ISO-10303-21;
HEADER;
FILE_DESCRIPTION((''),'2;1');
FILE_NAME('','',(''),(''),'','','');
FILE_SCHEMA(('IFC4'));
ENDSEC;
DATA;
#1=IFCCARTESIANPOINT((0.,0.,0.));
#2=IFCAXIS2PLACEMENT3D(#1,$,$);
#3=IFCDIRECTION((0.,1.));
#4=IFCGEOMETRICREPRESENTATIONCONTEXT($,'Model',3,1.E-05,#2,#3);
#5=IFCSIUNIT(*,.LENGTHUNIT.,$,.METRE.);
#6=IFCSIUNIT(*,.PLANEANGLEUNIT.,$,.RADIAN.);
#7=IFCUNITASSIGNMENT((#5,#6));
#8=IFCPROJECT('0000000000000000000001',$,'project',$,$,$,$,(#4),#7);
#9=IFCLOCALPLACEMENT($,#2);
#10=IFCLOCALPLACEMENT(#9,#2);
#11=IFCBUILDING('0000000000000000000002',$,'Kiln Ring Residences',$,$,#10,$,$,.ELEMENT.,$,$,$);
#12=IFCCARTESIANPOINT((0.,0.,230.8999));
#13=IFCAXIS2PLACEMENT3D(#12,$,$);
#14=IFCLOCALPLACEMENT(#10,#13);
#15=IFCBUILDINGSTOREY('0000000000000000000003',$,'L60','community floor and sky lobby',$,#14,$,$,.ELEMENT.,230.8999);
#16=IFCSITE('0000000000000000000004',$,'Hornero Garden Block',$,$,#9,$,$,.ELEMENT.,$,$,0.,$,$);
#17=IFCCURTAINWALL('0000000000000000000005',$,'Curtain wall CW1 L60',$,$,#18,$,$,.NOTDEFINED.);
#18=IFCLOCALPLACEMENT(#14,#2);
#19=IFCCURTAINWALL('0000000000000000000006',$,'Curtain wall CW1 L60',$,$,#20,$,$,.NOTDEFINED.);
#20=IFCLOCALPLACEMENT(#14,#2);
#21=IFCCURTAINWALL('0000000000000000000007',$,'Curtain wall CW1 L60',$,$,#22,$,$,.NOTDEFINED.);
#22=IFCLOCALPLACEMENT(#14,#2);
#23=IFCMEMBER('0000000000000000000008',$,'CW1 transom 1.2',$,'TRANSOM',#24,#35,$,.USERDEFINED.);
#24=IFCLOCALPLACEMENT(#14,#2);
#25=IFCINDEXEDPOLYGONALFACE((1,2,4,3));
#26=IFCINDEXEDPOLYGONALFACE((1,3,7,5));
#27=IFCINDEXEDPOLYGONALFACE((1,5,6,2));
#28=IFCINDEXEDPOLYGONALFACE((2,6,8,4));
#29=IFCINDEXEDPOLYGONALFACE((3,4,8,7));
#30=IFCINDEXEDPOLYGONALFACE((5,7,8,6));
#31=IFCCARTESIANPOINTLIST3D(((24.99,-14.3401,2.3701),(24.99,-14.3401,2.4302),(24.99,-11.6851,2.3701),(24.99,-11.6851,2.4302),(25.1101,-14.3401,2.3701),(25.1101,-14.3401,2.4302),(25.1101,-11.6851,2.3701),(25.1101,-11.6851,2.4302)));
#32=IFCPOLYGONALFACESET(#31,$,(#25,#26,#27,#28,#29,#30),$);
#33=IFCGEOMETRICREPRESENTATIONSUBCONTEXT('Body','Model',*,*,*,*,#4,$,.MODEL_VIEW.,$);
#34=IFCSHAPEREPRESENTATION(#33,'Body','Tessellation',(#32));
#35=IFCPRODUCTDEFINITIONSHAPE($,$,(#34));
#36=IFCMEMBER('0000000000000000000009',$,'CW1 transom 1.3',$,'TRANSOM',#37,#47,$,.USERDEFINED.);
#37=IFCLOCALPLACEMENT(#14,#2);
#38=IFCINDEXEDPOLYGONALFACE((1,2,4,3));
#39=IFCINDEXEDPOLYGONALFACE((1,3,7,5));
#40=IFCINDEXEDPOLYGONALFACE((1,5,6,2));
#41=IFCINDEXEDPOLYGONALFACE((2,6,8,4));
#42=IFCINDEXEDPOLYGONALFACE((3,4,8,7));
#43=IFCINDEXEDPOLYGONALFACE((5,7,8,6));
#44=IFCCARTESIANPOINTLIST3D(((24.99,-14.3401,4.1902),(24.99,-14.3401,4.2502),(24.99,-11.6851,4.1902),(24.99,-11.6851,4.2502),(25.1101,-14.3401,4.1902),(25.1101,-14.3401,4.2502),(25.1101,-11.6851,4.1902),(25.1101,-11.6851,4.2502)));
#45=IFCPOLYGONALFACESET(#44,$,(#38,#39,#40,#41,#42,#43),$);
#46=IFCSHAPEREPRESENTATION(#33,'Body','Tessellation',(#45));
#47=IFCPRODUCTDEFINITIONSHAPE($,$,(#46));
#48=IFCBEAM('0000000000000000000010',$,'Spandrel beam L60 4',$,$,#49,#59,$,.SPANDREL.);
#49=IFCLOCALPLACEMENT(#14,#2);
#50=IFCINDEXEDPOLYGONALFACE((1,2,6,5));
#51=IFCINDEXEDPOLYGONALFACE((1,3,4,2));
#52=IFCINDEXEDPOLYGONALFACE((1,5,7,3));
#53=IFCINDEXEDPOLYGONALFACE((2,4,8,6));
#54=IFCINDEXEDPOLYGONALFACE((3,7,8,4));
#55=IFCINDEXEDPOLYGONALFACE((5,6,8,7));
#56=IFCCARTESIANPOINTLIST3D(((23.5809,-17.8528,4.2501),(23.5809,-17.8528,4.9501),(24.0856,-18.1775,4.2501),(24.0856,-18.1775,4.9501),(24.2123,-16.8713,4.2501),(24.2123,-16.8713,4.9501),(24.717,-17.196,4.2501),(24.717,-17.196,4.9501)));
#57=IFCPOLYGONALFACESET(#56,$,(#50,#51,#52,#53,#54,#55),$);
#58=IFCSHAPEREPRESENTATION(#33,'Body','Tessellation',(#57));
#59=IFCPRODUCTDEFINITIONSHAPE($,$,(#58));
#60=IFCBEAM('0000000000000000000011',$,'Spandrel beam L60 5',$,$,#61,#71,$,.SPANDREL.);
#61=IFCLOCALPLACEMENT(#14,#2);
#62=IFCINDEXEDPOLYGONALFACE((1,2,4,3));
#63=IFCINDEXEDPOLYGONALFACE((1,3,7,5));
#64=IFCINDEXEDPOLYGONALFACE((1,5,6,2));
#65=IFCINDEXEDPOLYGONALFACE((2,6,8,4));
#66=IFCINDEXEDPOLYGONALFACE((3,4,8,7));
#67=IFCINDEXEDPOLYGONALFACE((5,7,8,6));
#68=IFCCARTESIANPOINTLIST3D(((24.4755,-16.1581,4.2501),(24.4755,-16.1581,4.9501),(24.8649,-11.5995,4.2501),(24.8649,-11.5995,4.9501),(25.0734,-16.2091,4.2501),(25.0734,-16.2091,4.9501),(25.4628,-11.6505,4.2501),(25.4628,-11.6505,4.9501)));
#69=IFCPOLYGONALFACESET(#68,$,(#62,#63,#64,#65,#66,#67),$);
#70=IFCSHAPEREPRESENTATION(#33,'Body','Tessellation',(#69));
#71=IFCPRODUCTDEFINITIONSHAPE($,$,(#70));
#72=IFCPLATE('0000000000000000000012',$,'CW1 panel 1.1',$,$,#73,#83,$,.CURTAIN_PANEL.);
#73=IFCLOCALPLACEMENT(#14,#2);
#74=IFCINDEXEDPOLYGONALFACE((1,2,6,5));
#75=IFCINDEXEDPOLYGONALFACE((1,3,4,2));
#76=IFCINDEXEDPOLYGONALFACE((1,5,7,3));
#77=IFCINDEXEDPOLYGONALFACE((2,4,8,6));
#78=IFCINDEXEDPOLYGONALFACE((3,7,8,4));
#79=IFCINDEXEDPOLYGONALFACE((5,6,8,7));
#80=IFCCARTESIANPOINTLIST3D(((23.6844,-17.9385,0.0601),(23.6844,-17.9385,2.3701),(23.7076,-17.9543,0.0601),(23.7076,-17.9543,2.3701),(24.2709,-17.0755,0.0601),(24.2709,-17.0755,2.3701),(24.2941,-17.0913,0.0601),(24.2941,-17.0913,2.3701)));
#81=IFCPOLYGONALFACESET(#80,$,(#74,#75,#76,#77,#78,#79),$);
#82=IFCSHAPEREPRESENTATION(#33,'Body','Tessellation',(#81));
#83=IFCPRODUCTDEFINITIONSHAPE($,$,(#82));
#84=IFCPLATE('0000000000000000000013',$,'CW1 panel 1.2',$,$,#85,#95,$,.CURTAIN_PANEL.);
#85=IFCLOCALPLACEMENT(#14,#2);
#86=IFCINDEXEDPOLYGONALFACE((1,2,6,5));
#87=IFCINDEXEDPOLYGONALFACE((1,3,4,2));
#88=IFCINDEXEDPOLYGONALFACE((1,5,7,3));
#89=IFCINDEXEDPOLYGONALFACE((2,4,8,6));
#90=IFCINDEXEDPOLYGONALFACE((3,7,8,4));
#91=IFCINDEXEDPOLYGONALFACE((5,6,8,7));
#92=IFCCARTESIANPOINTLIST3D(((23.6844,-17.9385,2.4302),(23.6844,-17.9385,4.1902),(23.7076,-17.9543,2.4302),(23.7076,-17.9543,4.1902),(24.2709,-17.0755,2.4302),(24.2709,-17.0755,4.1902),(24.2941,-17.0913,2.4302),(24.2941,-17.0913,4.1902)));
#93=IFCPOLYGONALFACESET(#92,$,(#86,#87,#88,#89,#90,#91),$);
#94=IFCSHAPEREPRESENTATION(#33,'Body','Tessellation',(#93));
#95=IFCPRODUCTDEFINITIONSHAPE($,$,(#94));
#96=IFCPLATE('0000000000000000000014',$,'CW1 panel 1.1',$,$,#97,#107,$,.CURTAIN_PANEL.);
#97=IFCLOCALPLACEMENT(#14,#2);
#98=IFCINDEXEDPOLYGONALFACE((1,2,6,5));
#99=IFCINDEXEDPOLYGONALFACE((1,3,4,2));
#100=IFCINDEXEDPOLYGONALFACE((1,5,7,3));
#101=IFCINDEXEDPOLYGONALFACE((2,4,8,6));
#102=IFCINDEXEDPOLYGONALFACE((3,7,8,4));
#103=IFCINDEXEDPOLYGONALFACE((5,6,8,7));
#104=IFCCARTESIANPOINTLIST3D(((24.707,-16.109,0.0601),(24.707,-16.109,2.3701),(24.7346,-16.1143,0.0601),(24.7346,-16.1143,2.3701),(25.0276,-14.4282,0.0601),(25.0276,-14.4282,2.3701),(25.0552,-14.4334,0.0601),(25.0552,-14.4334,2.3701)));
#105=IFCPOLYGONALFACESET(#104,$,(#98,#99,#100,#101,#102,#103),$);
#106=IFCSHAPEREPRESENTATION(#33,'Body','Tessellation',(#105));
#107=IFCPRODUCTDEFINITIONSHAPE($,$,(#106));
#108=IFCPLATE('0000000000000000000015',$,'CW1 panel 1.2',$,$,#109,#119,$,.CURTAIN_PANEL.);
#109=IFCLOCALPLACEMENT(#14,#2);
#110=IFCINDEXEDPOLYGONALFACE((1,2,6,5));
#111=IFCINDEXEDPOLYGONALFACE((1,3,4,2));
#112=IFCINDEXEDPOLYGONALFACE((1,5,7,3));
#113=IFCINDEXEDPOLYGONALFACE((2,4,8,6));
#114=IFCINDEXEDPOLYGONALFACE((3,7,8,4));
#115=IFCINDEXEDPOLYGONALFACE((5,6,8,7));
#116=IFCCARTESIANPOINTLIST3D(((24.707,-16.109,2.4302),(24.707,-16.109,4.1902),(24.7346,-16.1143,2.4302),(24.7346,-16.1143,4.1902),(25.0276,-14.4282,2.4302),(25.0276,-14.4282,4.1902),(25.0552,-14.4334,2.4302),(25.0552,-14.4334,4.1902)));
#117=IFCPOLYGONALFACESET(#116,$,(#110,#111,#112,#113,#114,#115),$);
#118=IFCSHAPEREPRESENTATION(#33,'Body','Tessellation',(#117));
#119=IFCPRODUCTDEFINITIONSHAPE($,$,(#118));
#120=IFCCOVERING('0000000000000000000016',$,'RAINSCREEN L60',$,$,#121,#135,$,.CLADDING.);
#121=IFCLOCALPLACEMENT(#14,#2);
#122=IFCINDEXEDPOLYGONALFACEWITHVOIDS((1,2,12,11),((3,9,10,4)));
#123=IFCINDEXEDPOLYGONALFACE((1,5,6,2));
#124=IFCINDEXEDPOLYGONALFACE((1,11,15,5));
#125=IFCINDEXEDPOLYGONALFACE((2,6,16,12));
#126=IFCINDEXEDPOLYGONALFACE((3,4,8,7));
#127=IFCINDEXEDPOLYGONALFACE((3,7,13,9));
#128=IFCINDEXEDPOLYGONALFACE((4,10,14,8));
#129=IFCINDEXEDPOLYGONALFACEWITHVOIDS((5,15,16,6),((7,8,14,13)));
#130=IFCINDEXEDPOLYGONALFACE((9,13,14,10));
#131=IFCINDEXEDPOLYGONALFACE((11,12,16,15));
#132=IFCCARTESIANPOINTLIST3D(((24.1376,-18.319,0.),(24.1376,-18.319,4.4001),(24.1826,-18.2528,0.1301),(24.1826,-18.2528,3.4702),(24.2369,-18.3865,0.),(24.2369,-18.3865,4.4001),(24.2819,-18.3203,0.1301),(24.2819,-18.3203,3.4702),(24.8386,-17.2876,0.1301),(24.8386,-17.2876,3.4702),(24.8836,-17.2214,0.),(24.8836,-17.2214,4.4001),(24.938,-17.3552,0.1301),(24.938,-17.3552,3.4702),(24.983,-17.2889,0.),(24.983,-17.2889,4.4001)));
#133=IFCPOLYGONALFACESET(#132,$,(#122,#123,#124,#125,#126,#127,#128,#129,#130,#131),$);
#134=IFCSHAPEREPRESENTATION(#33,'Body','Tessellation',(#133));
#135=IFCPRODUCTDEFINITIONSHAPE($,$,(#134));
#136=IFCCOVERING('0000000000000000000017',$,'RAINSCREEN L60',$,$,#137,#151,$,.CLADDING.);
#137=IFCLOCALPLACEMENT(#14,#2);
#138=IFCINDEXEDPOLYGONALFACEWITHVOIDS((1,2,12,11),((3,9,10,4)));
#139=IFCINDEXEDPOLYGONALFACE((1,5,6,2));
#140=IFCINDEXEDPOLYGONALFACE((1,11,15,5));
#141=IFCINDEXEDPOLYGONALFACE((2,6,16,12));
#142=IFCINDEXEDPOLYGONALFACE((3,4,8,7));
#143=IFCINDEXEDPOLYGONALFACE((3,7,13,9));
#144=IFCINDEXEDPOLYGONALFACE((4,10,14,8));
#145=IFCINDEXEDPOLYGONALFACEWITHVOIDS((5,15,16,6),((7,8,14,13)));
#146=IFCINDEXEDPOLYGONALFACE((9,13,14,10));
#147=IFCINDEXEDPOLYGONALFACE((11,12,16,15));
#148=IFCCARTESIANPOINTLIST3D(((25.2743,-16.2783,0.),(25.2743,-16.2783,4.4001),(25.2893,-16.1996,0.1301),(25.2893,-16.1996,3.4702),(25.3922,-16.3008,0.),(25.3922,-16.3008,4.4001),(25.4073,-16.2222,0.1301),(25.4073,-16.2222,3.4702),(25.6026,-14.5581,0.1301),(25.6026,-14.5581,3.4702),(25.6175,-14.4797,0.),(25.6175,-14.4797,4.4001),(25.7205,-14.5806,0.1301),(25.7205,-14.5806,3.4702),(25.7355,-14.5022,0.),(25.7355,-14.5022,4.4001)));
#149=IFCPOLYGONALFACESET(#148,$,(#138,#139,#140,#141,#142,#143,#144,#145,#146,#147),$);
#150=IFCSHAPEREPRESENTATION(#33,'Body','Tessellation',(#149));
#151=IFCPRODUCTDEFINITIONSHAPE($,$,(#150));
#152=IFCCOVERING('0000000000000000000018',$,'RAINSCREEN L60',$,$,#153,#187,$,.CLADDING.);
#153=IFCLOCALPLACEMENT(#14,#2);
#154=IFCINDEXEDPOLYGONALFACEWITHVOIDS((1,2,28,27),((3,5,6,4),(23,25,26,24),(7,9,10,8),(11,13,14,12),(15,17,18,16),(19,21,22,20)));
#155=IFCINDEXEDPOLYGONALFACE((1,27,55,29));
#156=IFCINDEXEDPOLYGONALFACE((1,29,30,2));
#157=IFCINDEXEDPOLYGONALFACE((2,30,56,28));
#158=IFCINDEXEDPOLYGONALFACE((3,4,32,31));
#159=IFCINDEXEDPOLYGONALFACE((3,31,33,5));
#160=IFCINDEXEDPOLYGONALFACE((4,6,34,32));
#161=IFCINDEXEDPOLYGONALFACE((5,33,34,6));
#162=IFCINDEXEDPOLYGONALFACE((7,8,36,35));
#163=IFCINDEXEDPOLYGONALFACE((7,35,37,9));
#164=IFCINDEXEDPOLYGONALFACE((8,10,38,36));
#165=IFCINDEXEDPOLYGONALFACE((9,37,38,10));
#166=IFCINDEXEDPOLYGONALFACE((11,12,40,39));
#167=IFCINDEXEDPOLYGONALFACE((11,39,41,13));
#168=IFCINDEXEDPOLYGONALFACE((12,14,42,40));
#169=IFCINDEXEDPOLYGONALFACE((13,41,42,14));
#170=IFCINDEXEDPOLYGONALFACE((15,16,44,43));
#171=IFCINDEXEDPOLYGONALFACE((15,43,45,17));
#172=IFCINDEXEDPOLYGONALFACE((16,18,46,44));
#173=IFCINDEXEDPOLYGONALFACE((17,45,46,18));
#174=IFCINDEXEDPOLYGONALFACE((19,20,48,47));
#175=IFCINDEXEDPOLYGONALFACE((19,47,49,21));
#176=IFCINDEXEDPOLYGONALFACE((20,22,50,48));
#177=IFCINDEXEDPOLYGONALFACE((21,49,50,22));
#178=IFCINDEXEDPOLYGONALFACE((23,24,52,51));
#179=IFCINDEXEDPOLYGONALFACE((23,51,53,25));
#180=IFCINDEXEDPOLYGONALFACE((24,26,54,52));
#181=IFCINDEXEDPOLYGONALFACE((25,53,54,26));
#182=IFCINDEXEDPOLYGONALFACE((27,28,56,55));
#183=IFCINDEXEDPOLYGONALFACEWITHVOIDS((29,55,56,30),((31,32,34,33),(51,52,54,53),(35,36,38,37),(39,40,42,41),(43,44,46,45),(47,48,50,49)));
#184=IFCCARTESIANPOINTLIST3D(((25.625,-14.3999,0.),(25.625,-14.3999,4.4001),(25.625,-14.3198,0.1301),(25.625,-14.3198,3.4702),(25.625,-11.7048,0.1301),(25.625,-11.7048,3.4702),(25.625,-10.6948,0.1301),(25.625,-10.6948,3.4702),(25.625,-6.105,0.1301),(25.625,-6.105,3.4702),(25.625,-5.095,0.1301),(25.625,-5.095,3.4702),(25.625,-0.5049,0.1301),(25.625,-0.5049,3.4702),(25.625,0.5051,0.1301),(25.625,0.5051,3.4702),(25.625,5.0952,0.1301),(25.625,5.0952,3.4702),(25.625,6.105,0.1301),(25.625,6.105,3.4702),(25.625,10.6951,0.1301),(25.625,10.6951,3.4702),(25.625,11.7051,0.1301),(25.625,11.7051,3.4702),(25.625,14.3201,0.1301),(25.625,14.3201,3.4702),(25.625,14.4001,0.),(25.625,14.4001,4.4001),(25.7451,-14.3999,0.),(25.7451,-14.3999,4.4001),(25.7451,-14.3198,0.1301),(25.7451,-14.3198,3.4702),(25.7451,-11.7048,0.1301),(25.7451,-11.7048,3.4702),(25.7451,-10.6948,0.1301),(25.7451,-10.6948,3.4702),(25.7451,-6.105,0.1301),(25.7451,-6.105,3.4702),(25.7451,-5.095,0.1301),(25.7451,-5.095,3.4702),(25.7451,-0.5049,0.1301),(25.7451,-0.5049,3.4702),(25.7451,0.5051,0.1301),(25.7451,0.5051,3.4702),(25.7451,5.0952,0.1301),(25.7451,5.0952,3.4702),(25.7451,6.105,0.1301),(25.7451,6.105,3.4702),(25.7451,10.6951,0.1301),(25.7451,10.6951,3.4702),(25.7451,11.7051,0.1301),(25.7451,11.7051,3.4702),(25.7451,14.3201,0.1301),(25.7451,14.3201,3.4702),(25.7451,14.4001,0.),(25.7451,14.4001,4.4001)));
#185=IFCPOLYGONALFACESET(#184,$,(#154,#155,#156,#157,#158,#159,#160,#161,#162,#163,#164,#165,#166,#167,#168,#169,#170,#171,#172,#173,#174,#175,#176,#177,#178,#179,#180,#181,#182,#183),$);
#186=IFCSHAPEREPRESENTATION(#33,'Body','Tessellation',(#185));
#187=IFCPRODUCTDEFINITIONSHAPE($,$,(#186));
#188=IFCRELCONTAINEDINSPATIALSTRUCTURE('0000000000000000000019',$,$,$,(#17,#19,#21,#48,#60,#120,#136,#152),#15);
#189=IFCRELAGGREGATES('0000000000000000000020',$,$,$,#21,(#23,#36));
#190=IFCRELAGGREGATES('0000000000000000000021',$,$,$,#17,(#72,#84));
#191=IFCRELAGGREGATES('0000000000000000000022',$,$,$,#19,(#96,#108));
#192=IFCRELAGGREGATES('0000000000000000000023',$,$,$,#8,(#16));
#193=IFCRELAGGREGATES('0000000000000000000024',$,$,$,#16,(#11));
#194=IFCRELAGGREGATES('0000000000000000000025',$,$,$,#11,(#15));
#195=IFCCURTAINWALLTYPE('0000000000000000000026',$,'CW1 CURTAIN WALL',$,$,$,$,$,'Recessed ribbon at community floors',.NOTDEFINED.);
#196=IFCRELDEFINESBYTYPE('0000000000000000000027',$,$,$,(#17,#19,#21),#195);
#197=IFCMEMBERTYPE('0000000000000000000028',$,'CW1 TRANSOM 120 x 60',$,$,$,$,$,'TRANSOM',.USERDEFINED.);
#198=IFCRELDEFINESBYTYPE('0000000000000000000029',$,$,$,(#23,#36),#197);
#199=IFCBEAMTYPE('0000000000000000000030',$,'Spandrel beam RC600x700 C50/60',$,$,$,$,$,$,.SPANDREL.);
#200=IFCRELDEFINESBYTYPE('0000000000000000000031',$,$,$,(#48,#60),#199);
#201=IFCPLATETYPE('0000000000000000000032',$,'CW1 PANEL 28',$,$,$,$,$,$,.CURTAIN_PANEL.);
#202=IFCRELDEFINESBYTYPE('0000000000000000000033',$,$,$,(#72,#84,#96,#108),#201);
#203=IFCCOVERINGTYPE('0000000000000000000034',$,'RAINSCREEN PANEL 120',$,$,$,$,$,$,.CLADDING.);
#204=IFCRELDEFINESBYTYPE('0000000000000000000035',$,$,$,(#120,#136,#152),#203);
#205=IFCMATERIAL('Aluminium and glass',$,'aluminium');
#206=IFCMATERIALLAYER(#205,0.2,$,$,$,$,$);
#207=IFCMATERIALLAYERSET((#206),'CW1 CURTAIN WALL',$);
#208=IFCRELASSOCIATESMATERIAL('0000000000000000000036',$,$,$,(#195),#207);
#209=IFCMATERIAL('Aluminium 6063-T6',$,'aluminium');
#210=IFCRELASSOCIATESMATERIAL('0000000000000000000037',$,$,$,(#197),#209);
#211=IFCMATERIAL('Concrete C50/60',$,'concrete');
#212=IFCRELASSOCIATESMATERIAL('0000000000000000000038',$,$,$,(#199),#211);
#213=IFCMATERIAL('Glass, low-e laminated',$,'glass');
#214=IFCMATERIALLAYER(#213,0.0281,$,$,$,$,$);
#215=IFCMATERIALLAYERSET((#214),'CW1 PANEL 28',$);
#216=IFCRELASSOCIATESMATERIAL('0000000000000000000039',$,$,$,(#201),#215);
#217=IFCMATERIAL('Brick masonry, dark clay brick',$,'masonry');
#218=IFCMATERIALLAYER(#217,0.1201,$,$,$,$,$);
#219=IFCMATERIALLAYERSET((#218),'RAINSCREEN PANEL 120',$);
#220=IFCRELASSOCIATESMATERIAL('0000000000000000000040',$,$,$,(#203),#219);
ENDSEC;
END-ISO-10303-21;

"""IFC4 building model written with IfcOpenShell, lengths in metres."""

from ifc_helpers import new_model, si_unit, direction, frame, origin, origin_2d, place, context, subcontext, project, spatial, polyline, rectangle, outline, extrude, material, layer, layer_set, material_profile, profile_set, type_object, element, aggregate, save


model = new_model("IFC4")

# Units and contexts
model_context = context("Model", 3, precision=1e-05, world=origin(), true_north=direction((0.0, 1.0)))
body_context = subcontext(model_context, "Body", "Model", "MODEL_VIEW")
ifc_project = project(units=[si_unit("LENGTHUNIT", "METRE"), si_unit("PLANEANGLEUNIT", "RADIAN")], contexts=[model_context])

# Site, building, storey
site_placement = place(None, origin())
site = spatial("IfcSite", under=ifc_project, at=site_placement, Name="Hornero Garden Block", CompositionType="ELEMENT", RefElevation=0.0)
building_placement = place(site_placement, origin())
building = spatial("IfcBuilding", under=site, at=building_placement, Name="Kiln Ring Residences", CompositionType="ELEMENT")
storey_placement = place(building_placement, frame((0.0, 0.0, 230.8999)))
storey = spatial("IfcBuildingStorey", under=building, at=storey_placement, Name="L60", Description="community floor and sky lobby", CompositionType="ELEMENT", Elevation=230.8999)

# Curtain walls
ifc_material_1 = material(Name="Aluminium and glass", Category="aluminium")
ifc_layer_1 = layer(ifc_material_1, 0.2)
ifc_layer_set_1 = layer_set([ifc_layer_1], Name="CW1 CURTAIN WALL")
curtain_wall_type = type_object("IfcCurtainWallType", Name="CW1 CURTAIN WALL", ElementType="Recessed ribbon at community floors", PredefinedType="NOTDEFINED", material=ifc_layer_set_1)
placement = place(storey_placement, origin())
curtain_wall_1 = element("IfcCurtainWall", 1, at=placement, inside=storey, type_object=curtain_wall_type, Name="Curtain wall CW1 L60", PredefinedType="NOTDEFINED")
curtain_wall_2 = element("IfcCurtainWall", 2, at=placement, inside=storey, type_object=curtain_wall_type, Name="Curtain wall CW1 L60", PredefinedType="NOTDEFINED")

# Curtain wall
curtain_wall_3 = element("IfcCurtainWall", 3, at=placement, inside=storey, type_object=curtain_wall_type, Name="Curtain wall CW1 L60", PredefinedType="NOTDEFINED")

# Members
ifc_material_2 = material(Name="Aluminium 6063-T6", Category="aluminium")
ifc_material_profile_1 = material_profile(ifc_material_2, rectangle(XDim=0.1201, YDim=0.0601, at=origin_2d()), Name="AL 120x60")
ifc_profile_set_1 = profile_set([ifc_material_profile_1], Name="Aluminium 6063-T6")
member_type_1 = type_object("IfcMemberType", Name="CW1 TRANSOM 120 x 60", ElementType="TRANSOM", PredefinedType="USERDEFINED", material=ifc_profile_set_1)
member_1_placement = place(storey_placement, frame((25.05, -14.3401, 2.4001), z_axis=(0.0, 1.0, 0.0), x_axis=(-1.0, 0.0, 0.0)))
member_1 = element("IfcMember", 4, at=member_1_placement, type_object=member_type_1, Name="CW1 transom 1.2", ObjectType="TRANSOM", PredefinedType="USERDEFINED", context=body_context, shape_type="SweptSolid", body=[
    extrude(rectangle(XDim=0.1201, YDim=0.0601, at=origin_2d()), origin(), (0.0, 0.0, 1.0), 2.655),
])
member_2_placement = place(storey_placement, frame((25.05, -14.3401, 4.2202), z_axis=(0.0, 1.0, 0.0), x_axis=(-1.0, 0.0, 0.0)))
member_2 = element("IfcMember", 5, at=member_2_placement, type_object=member_type_1, Name="CW1 transom 1.3", ObjectType="TRANSOM", PredefinedType="USERDEFINED", context=body_context, shape_type="SweptSolid", body=[
    extrude(rectangle(XDim=0.1201, YDim=0.0601, at=origin_2d()), origin(), (0.0, 0.0, 1.0), 2.655),
])
aggregate(curtain_wall_3, [member_1, member_2])

# Beams
ifc_material_3 = material(Name="Concrete C50/60", Category="concrete")
ifc_material_profile_2 = material_profile(ifc_material_3, rectangle(XDim=0.6001, YDim=0.7, at=origin_2d()), Name="RC600x700")
ifc_profile_set_2 = profile_set([ifc_material_profile_2], Name="Concrete C50/60")
beam_type = type_object("IfcBeamType", Name="Spandrel beam RC600x700 C50/60", PredefinedType="SPANDREL", material=ifc_profile_set_2)
beam_1_placement = place(storey_placement, frame((23.8333, -18.0151, 4.6001), z_axis=(0.541011, 0.841015, 0.0), x_axis=(-0.841015, 0.541011, 0.0)))
element("IfcBeam", 6, at=beam_1_placement, inside=storey, type_object=beam_type, Name="Spandrel beam L60 4", PredefinedType="SPANDREL", context=body_context, shape_type="SweptSolid", body=[
    extrude(rectangle(XDim=0.6001, YDim=0.7, at=origin_2d()), origin(), (0.0, 0.0, 1.0), 1.167),
])
beam_2_placement = place(storey_placement, frame((24.7744, -16.1836, 4.6001), z_axis=(0.085112, 0.996371, 0.0), x_axis=(-0.996371, 0.085112, 0.0)))
element("IfcBeam", 7, at=beam_2_placement, inside=storey, type_object=beam_type, Name="Spandrel beam L60 5", PredefinedType="SPANDREL", context=body_context, shape_type="SweptSolid", body=[
    extrude(rectangle(XDim=0.6001, YDim=0.7, at=origin_2d()), origin(), (0.0, 0.0, 1.0), 4.5752),
])

# Plates
ifc_material_4 = material(Name="Glass, low-e laminated", Category="glass")
ifc_layer_2 = layer(ifc_material_4, 0.0281)
ifc_layer_set_2 = layer_set([ifc_layer_2], Name="CW1 PANEL 28")
plate_type = type_object("IfcPlateType", Name="CW1 PANEL 28", PredefinedType="CURTAIN_PANEL", material=ifc_layer_set_2)
plate_1_placement = place(storey_placement, frame((23.9893, -17.5149, 0.0601), z_axis=(0.0, 0.0, 1.0), x_axis=(0.562097, 0.827072, 0.0)))
plate_1 = element("IfcPlate", 8, at=plate_1_placement, type_object=plate_type, Name="CW1 panel 1.1", PredefinedType="CURTAIN_PANEL", context=body_context, shape_type="SweptSolid", body=[
    extrude(rectangle(XDim=1.0435, YDim=0.0281, at=origin_2d()), origin(), (0.0, 0.0, 1.0), 2.3101),
])
plate_2_placement = place(storey_placement, frame((23.9893, -17.5149, 2.4302), z_axis=(0.0, 0.0, 1.0), x_axis=(0.562097, 0.827072, 0.0)))
plate_2 = element("IfcPlate", 9, at=plate_2_placement, type_object=plate_type, Name="CW1 panel 1.2", PredefinedType="CURTAIN_PANEL", context=body_context, shape_type="SweptSolid", body=[
    extrude(rectangle(XDim=1.0435, YDim=0.0281, at=origin_2d()), origin(), (0.0, 0.0, 1.0), 1.76),
])
aggregate(curtain_wall_1, [plate_1, plate_2])
plate_3_placement = place(storey_placement, frame((24.8811, -15.2712, 0.0601), z_axis=(0.0, 0.0, 1.0), x_axis=(0.187366, 0.98229, 0.0)))
plate_3 = element("IfcPlate", 10, at=plate_3_placement, type_object=plate_type, Name="CW1 panel 1.1", PredefinedType="CURTAIN_PANEL", context=body_context, shape_type="SweptSolid", body=[
    extrude(rectangle(XDim=1.7112, YDim=0.0281, at=origin_2d()), origin(), (0.0, 0.0, 1.0), 2.3101),
])
plate_4_placement = place(storey_placement, frame((24.8811, -15.2712, 2.4302), z_axis=(0.0, 0.0, 1.0), x_axis=(0.187366, 0.98229, 0.0)))
plate_4 = element("IfcPlate", 11, at=plate_4_placement, type_object=plate_type, Name="CW1 panel 1.2", PredefinedType="CURTAIN_PANEL", context=body_context, shape_type="SweptSolid", body=[
    extrude(rectangle(XDim=1.7112, YDim=0.0281, at=origin_2d()), origin(), (0.0, 0.0, 1.0), 1.76),
])
aggregate(curtain_wall_2, [plate_3, plate_4])

# Coverings
ifc_material_5 = material(Name="Brick masonry, dark clay brick", Category="masonry")
ifc_layer_3 = layer(ifc_material_5, 0.1201)
ifc_layer_set_3 = layer_set([ifc_layer_3], Name="RAINSCREEN PANEL 120")
covering_type = type_object("IfcCoveringType", Name="RAINSCREEN PANEL 120", PredefinedType="CLADDING", material=ifc_layer_set_3)
covering_1_placement = place(storey_placement, frame((24.1873, -18.3528, 0.0), z_axis=(0.0, 0.0, 1.0), x_axis=(0.562149, 0.827036, 0.0)))
element("IfcCovering", 12, at=covering_1_placement, inside=storey, type_object=covering_type, Name="RAINSCREEN L60", PredefinedType="CLADDING", context=body_context, shape_type="SweptSolid", body=[
    extrude(outline(polyline([(0.0, 0.0), (1.3271, 0.0), (1.3271, 4.4001), (0.0, 4.4001), (0.0, 0.0)]), holes=[polyline([(0.0801, 3.4702), (0.0801, 0.1301), (1.2471, 0.1301), (1.2471, 3.4702), (0.0801, 3.4702)])]), frame((0.0, 0.0601, 0.0), z_axis=(0.0, -1.0, 0.0), x_axis=(1.0, 0.0, 0.0)), (0.0, 0.0, 1.0), 0.1201),
])
covering_2_placement = place(storey_placement, frame((25.3333, -16.2896, 0.0), z_axis=(0.0, 0.0, 1.0), x_axis=(0.187467, 0.982271, 0.0)))
element("IfcCovering", 13, at=covering_2_placement, inside=storey, type_object=covering_type, Name="RAINSCREEN L60", PredefinedType="CLADDING", context=body_context, shape_type="SweptSolid", body=[
    extrude(outline(polyline([(0.0, 0.0), (1.8311, 0.0), (1.8311, 4.4001), (0.0, 4.4001), (0.0, 0.0)]), holes=[polyline([(0.0801, 3.4702), (0.0801, 0.1301), (1.7512, 0.1301), (1.7512, 3.4702), (0.0801, 3.4702)])]), frame((0.0, 0.0601, 0.0), z_axis=(0.0, -1.0, 0.0), x_axis=(1.0, 0.0, 0.0)), (0.0, 0.0, 1.0), 0.1201),
])
covering_3_placement = place(storey_placement, frame((25.6851, -14.3999, 0.0), z_axis=(0.0, 0.0, 1.0), x_axis=(0.0, 1.0, 0.0)))
element("IfcCovering", 14, at=covering_3_placement, inside=storey, type_object=covering_type, Name="RAINSCREEN L60", PredefinedType="CLADDING", context=body_context, shape_type="SweptSolid", body=[
    extrude(outline(polyline([(0.0, 0.0), (28.8, 0.0), (28.8, 4.4001), (0.0, 4.4001), (0.0, 0.0)]), holes=[polyline([(2.6951, 0.1301), (2.6951, 3.4702), (0.0801, 3.4702), (0.0801, 0.1301), (2.6951, 0.1301)]), polyline([(3.7051, 0.1301), (8.2949, 0.1301), (8.2949, 3.4702), (3.7051, 3.4702), (3.7051, 0.1301)]), polyline([(9.3049, 0.1301), (13.895, 0.1301), (13.895, 3.4702), (9.3049, 3.4702), (9.3049, 0.1301)]), polyline([(19.4951, 0.1301), (19.4951, 3.4702), (14.905, 3.4702), (14.905, 0.1301), (19.4951, 0.1301)]), polyline([(20.5049, 0.1301), (25.095, 0.1301), (25.095, 3.4702), (20.5049, 3.4702), (20.5049, 0.1301)]), polyline([(26.105, 0.1301), (28.72, 0.1301), (28.72, 3.4702), (26.105, 3.4702), (26.105, 0.1301)])]), frame((0.0, 0.0601, 0.0), z_axis=(0.0, -1.0, 0.0), x_axis=(1.0, 0.0, 0.0)), (0.0, 0.0, 1.0), 0.1201),
])

save(model, "model.ifc")
